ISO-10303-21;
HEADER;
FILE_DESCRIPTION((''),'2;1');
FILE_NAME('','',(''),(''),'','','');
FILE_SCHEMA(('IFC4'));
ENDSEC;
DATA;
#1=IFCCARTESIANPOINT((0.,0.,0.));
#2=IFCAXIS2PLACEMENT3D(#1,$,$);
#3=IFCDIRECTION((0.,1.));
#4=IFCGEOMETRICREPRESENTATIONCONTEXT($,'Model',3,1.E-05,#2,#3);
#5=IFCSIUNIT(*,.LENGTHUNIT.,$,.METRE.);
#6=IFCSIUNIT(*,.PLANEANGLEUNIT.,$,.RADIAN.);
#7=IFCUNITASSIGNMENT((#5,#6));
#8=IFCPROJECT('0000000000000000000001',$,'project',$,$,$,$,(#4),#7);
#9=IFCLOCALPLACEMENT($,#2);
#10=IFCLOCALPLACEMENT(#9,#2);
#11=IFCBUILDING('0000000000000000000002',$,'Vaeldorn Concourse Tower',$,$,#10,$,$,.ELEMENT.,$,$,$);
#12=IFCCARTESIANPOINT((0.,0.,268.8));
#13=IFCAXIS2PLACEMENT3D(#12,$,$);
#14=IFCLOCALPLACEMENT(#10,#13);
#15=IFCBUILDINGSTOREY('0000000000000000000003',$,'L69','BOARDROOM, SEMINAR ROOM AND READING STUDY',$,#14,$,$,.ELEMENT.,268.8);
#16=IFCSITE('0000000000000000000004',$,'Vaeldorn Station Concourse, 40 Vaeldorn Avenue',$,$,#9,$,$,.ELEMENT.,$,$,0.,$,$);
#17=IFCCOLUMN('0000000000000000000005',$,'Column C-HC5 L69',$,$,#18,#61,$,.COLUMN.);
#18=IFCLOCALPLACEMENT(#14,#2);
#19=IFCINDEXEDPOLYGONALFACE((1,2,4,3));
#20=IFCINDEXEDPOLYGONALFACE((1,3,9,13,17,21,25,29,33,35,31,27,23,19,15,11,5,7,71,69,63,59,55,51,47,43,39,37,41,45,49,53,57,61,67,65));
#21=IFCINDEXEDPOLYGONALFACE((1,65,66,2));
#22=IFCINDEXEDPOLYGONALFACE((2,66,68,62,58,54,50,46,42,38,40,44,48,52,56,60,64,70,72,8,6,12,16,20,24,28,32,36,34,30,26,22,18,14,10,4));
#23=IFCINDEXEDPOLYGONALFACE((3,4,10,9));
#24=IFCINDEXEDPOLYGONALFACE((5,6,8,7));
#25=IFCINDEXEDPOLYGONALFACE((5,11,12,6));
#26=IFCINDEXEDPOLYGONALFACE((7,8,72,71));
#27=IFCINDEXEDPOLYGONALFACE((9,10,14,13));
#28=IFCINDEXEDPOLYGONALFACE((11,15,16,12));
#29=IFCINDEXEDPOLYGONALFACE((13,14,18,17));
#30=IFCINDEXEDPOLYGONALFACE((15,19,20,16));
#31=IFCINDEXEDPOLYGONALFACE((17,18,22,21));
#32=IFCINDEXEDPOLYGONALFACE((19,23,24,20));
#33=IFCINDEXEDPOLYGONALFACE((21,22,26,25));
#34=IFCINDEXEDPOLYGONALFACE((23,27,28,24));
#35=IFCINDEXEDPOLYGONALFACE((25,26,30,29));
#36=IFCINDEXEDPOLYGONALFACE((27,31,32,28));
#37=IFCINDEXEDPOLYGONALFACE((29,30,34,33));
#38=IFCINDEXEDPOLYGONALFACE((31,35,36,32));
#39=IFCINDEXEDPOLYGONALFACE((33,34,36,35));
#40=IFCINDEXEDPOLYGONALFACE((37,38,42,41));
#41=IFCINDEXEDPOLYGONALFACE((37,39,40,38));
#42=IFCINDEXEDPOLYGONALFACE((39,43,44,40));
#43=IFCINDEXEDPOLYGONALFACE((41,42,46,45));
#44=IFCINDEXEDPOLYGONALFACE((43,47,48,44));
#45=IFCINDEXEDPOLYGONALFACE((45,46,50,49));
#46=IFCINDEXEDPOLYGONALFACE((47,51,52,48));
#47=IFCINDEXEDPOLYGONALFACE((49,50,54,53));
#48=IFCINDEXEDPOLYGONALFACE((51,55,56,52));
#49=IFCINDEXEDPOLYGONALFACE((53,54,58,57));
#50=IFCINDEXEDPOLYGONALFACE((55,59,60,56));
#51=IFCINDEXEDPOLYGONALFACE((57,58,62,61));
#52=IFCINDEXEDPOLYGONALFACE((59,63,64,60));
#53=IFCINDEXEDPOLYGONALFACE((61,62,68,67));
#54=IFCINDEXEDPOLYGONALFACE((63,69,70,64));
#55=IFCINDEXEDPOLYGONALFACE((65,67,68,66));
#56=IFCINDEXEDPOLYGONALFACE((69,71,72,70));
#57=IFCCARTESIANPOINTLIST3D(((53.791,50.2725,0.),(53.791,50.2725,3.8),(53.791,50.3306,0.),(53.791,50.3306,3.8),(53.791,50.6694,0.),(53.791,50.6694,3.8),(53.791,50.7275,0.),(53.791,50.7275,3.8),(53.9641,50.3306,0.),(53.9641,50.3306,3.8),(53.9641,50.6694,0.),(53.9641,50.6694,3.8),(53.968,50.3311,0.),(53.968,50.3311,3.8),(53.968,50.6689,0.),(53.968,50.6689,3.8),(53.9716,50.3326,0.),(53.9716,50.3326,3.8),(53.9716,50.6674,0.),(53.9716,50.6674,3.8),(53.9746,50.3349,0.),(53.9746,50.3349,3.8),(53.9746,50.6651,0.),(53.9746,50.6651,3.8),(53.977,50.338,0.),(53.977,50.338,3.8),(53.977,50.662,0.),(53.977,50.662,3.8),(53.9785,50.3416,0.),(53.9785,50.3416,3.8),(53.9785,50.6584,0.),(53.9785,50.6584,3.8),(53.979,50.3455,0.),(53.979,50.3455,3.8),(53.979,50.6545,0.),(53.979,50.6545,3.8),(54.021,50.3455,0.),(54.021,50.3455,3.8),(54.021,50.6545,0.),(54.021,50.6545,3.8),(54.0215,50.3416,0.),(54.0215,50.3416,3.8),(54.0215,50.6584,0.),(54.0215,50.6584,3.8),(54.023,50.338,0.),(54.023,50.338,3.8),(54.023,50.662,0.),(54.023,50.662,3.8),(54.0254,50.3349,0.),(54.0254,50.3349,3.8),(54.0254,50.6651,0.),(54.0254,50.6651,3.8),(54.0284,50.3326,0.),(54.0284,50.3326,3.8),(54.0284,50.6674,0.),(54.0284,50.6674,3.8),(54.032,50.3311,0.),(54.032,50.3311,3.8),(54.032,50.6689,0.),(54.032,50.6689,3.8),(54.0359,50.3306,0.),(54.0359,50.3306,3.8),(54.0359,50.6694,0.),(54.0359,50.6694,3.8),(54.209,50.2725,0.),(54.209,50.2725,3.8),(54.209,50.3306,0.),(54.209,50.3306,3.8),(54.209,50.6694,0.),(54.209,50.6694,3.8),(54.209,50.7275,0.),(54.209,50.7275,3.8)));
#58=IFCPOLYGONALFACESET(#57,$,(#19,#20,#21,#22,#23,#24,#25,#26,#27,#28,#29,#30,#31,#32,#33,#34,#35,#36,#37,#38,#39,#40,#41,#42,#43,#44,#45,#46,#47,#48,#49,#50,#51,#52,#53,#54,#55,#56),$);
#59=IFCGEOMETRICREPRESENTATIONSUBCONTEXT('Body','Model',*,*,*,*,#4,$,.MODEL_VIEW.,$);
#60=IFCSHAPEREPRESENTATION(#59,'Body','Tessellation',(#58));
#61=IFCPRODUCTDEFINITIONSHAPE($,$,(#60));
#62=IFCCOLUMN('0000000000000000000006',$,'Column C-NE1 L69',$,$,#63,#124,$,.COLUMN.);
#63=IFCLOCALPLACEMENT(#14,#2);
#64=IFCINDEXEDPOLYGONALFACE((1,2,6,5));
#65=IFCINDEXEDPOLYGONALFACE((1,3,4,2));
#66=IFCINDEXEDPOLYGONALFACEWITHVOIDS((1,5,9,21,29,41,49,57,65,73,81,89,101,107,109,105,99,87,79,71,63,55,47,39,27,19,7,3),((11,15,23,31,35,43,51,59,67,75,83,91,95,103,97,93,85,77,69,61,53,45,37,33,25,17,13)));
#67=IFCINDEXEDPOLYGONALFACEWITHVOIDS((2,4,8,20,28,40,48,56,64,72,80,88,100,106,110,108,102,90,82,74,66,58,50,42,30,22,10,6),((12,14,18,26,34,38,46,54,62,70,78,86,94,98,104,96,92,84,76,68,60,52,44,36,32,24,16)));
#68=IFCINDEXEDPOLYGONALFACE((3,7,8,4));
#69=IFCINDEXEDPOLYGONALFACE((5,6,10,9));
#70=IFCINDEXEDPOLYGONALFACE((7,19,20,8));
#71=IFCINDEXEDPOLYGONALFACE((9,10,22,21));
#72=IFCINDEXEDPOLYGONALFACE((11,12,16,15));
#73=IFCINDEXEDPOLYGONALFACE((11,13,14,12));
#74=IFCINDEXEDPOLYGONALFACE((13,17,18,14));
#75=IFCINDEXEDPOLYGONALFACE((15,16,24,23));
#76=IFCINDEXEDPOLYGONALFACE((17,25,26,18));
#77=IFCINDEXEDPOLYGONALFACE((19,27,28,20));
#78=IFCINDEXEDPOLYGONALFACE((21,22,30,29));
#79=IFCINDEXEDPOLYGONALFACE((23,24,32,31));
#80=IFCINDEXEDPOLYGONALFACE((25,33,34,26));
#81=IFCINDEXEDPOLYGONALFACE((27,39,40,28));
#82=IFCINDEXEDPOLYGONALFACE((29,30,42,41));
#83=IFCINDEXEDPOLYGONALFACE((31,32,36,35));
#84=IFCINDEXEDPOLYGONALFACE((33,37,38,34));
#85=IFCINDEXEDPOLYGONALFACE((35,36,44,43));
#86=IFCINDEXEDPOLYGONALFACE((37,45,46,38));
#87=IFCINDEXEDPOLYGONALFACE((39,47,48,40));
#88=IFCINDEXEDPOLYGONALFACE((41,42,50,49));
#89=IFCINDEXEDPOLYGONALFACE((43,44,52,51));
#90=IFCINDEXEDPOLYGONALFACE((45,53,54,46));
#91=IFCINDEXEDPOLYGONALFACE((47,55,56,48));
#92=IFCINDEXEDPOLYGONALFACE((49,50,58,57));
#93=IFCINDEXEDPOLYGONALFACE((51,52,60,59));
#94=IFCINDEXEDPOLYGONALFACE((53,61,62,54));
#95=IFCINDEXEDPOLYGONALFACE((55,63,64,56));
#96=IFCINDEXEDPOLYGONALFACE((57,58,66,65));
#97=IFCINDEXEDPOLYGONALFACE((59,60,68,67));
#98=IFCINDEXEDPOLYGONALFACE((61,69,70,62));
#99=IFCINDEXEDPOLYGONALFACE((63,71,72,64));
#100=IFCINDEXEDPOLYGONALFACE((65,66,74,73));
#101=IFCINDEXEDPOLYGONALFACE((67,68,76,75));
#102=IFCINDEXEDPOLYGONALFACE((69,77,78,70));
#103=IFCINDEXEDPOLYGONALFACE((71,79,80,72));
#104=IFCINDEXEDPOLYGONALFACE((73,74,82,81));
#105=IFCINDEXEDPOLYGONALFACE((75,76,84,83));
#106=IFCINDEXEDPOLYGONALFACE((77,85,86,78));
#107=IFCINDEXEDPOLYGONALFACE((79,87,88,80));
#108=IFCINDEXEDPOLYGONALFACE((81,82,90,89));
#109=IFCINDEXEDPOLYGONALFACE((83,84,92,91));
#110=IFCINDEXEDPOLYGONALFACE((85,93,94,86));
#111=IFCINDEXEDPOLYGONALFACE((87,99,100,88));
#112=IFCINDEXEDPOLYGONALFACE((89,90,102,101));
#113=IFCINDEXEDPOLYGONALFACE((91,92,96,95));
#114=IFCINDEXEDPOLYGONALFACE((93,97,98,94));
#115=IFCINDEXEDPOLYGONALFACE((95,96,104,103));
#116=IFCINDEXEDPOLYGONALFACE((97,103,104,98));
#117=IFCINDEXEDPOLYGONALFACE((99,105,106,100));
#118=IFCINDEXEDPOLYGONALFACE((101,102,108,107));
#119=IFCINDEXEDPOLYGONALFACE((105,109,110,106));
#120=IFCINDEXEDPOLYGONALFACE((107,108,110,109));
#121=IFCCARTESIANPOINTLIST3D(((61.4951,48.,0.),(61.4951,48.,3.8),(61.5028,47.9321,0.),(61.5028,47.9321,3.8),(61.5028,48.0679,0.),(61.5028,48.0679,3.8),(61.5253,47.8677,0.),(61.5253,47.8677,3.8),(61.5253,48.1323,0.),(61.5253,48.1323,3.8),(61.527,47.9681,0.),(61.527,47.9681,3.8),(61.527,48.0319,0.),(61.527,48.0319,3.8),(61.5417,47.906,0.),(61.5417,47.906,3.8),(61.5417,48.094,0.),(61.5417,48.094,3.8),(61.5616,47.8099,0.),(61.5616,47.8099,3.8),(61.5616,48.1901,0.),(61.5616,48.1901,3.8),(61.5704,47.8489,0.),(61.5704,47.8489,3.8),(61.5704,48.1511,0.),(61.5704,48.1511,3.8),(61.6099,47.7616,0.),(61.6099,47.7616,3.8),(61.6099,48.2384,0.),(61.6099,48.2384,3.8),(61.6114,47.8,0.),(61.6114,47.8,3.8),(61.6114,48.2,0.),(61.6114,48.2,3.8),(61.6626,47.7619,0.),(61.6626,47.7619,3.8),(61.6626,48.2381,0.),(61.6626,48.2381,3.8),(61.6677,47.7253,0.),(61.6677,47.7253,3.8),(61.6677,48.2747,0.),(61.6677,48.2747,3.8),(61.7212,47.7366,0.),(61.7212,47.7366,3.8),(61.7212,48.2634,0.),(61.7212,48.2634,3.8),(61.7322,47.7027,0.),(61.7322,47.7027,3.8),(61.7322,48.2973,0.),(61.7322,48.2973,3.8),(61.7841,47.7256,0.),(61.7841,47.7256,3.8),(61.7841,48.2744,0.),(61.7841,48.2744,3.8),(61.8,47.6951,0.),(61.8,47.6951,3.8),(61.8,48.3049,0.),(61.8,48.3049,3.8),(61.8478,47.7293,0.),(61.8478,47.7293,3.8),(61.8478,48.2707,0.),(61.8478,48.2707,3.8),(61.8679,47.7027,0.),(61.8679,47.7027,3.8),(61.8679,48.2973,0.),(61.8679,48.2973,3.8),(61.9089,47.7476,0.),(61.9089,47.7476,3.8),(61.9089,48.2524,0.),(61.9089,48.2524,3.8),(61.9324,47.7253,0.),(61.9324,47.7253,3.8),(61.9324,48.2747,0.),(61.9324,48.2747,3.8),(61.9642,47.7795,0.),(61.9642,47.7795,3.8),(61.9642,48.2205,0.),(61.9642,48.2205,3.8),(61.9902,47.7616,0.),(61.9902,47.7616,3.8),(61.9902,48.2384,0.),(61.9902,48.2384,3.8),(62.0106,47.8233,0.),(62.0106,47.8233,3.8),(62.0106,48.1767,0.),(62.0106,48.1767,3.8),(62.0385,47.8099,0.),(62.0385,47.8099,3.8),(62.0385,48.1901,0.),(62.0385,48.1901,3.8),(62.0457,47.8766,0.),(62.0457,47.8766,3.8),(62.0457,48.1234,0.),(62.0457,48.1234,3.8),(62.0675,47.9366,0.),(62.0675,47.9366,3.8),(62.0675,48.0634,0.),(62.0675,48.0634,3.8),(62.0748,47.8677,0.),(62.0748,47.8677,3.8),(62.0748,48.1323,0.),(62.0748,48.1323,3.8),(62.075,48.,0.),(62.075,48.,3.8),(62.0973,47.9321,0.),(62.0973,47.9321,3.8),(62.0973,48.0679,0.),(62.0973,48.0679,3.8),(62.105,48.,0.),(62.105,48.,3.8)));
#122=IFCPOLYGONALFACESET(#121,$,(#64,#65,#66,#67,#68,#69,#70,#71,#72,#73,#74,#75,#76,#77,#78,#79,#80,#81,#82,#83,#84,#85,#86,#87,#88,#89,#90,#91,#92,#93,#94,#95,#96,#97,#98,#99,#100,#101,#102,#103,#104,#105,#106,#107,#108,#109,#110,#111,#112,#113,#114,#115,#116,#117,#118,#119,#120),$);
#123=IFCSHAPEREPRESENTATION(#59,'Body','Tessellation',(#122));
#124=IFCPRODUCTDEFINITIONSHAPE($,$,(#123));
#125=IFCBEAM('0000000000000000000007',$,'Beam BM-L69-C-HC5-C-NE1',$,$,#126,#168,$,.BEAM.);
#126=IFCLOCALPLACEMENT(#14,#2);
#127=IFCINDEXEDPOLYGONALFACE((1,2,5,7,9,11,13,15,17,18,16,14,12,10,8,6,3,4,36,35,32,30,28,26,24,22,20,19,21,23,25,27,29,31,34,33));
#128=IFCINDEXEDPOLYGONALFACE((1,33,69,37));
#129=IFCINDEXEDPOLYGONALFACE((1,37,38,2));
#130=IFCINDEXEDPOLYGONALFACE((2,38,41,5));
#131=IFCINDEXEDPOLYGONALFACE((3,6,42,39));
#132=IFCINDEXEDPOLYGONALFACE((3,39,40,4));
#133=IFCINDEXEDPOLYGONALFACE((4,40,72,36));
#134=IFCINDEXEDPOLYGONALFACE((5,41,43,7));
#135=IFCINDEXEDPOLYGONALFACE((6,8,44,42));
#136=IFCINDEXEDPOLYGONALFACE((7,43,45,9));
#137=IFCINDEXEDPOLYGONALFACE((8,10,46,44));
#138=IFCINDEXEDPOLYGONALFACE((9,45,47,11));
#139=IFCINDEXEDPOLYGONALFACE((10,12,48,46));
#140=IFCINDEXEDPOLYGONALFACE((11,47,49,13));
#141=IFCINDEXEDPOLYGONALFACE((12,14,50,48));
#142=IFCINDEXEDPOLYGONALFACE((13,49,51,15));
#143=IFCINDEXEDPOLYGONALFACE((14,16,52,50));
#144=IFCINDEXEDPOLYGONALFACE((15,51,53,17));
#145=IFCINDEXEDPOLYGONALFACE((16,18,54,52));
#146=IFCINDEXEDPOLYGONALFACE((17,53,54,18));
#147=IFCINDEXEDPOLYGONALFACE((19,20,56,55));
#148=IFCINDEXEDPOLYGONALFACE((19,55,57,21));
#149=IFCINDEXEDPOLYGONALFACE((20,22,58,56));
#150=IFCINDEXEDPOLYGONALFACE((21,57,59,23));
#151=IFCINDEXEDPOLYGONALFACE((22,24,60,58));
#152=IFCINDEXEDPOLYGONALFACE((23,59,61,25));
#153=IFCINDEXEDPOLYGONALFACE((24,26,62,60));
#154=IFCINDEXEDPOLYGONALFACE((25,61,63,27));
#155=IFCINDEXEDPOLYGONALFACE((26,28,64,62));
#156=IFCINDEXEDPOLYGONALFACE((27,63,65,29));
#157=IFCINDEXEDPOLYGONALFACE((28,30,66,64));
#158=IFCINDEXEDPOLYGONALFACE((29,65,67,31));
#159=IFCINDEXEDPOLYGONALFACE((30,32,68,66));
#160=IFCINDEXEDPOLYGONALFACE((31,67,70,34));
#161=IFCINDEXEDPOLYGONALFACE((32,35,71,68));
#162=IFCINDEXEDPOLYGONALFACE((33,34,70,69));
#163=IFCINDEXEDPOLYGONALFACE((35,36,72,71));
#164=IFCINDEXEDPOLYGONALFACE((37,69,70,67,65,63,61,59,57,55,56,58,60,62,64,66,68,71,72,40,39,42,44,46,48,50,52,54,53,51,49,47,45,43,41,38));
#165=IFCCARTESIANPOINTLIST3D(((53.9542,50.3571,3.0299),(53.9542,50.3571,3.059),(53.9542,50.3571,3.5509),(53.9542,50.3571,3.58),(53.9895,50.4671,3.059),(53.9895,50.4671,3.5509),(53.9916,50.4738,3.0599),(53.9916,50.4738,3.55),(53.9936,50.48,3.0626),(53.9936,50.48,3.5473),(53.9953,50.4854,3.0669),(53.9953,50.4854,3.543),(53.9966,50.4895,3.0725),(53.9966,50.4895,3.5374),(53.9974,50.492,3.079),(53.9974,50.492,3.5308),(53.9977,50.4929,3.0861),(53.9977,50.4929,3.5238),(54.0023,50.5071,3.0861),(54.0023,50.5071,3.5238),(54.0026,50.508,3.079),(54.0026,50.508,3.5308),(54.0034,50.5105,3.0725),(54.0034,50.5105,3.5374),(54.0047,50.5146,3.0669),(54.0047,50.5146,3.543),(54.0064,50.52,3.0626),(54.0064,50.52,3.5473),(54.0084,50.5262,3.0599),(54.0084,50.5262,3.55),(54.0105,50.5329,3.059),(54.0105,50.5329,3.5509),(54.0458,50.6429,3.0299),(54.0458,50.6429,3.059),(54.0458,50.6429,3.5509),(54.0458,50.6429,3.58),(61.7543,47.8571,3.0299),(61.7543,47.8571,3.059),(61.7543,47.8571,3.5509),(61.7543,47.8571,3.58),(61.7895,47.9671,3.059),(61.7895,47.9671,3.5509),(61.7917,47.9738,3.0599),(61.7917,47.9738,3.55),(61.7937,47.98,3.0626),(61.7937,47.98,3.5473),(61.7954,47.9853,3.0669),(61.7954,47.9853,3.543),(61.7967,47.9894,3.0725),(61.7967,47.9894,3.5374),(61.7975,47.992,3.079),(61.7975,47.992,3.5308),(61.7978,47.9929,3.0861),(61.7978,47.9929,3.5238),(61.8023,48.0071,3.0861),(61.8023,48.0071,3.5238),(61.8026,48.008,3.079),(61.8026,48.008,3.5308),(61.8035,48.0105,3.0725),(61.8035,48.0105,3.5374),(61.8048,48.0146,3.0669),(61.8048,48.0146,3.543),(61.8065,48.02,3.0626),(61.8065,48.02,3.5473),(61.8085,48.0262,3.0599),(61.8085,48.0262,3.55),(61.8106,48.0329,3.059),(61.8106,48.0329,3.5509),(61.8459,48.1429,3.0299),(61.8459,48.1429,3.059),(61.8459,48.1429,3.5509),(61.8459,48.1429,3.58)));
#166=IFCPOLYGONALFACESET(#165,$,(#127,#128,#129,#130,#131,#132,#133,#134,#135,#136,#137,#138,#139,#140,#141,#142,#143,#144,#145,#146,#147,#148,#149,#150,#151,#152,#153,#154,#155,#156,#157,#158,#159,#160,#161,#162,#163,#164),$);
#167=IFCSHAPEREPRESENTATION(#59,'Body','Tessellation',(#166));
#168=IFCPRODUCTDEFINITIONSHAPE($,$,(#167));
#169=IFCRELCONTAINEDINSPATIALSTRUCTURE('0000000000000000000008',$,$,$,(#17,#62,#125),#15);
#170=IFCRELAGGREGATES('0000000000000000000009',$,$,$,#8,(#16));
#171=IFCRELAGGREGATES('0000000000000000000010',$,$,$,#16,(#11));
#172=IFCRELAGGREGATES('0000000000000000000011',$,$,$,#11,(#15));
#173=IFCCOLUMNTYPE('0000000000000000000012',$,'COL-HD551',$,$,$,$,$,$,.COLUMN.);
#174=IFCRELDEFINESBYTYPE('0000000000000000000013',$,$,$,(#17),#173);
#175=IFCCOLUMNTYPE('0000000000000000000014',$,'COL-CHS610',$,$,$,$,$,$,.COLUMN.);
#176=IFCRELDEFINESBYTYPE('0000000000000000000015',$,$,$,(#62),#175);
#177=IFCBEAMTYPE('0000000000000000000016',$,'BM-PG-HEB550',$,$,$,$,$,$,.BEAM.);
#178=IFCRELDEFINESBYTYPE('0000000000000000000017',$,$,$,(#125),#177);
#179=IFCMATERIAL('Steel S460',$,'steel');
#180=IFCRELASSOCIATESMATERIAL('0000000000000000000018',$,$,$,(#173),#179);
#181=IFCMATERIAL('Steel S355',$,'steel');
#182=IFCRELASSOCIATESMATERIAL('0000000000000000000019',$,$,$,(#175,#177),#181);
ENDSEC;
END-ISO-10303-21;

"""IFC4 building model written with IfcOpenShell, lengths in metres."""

from ifc_helpers import new_model, si_unit, direction, frame, origin, origin_2d, place, context, subcontext, project, spatial, hollow_circle, i_section, extrude, source, transform, mapped, material, material_profile, profile_set, type_object, element, save


model = new_model("IFC4")

# Units and contexts
model_context = context("Model", 3, precision=1e-05, world=origin(), true_north=direction((0.0, 1.0)))
body_context = subcontext(model_context, "Body", "Model", "MODEL_VIEW")
ifc_project = project(units=[si_unit("LENGTHUNIT", "METRE"), si_unit("PLANEANGLEUNIT", "RADIAN")], contexts=[model_context])

# Site, building, storey
site_placement = place(None, origin())
site = spatial("IfcSite", under=ifc_project, at=site_placement, Name="Vaeldorn Station Concourse, 40 Vaeldorn Avenue", CompositionType="ELEMENT", RefElevation=0.0)
building_placement = place(site_placement, origin())
building = spatial("IfcBuilding", under=site, at=building_placement, Name="Vaeldorn Concourse Tower", CompositionType="ELEMENT")
storey_placement = place(building_placement, frame((0.0, 0.0, 268.8)))
storey = spatial("IfcBuildingStorey", under=building, at=storey_placement, Name="L69", Description="BOARDROOM, SEMINAR ROOM AND READING STUDY", CompositionType="ELEMENT", Elevation=268.8)

# Columns
ifc_material_1 = material(Name="Steel S460", Category="steel")
ifc_material_profile_1 = material_profile(ifc_material_1, i_section(OverallWidth=0.418, OverallDepth=0.4551, WebThickness=0.042, FlangeThickness=0.0581, FilletRadius=0.0149, at=origin_2d()), Name="HD 400x551")
ifc_profile_set_1 = profile_set([ifc_material_profile_1], Name="Steel S460")
column_type_1 = type_object("IfcColumnType", Name="COL-HD551", PredefinedType="COLUMN", material=ifc_profile_set_1)
shared_shape_1 = source(origin(), body_context, "Body", "SweptSolid", [
    extrude(i_section(OverallWidth=0.418, OverallDepth=0.4551, WebThickness=0.042, FlangeThickness=0.0581, FilletRadius=0.0149, at=origin_2d()), origin(), (0.0, 0.0, 1.0), 3.8),
])
column_1_placement = place(storey_placement, frame((54.0, 50.5, 0.0), z_axis=(0.0, 0.0, 1.0), x_axis=(1.0, 0.0, 0.0)))
element("IfcColumn", 1, at=column_1_placement, inside=storey, type_object=column_type_1, Name="Column C-HC5 L69", PredefinedType="COLUMN", context=body_context, shape_type="MappedRepresentation", body=[
    mapped(shared_shape_1, transform((0.0, 0.0, 0.0), scale=1.0)),
])
ifc_material_2 = material(Name="Steel S355", Category="steel")
ifc_material_profile_2 = material_profile(ifc_material_2, hollow_circle(Radius=0.3049, WallThickness=0.03, at=origin_2d()), Name="CHS 610x30")
ifc_profile_set_2 = profile_set([ifc_material_profile_2], Name="Steel S355")
column_type_2 = type_object("IfcColumnType", Name="COL-CHS610", PredefinedType="COLUMN", material=ifc_profile_set_2)
shared_shape_2 = source(origin(), body_context, "Body", "SweptSolid", [
    extrude(hollow_circle(Radius=0.3049, WallThickness=0.03, at=origin_2d()), origin(), (0.0, 0.0, 1.0), 3.8),
])
column_2_placement = place(storey_placement, frame((61.8, 48.0, 0.0), z_axis=(0.0, 0.0, 1.0), x_axis=(1.0, 0.0, 0.0)))
element("IfcColumn", 2, at=column_2_placement, inside=storey, type_object=column_type_2, Name="Column C-NE1 L69", PredefinedType="COLUMN", context=body_context, shape_type="MappedRepresentation", body=[
    mapped(shared_shape_2, transform((0.0, 0.0, 0.0), scale=1.0)),
])

# Beam
ifc_material_profile_3 = material_profile(ifc_material_2, i_section(OverallWidth=0.3, OverallDepth=0.55, WebThickness=0.0149, FlangeThickness=0.0291, FilletRadius=0.0271, at=origin_2d()), Name="HEB 550")
ifc_profile_set_3 = profile_set([ifc_material_profile_3], Name="Steel S355")
beam_type_1 = type_object("IfcBeamType", Name="BM-PG-HEB550", PredefinedType="BEAM", material=ifc_profile_set_3)
shared_shape_3 = source(origin(), body_context, "Body", "SweptSolid", [
    extrude(i_section(OverallWidth=0.3, OverallDepth=0.55, WebThickness=0.0149, FlangeThickness=0.0291, FilletRadius=0.0271, at=origin_2d()), origin(), (0.0, 0.0, 1.0), 8.1909),
])
beam_1_placement = place(storey_placement, frame((54.0, 50.5, 3.3049), z_axis=(0.952283, -0.305217, 0.0), x_axis=(0.305217, 0.952283, 0.0)))
element("IfcBeam", 3, at=beam_1_placement, inside=storey, type_object=beam_type_1, Name="Beam BM-L69-C-HC5-C-NE1", PredefinedType="BEAM", context=body_context, shape_type="MappedRepresentation", body=[
    mapped(shared_shape_3, transform((0.0, 0.0, 0.0), scale=1.0)),
])

save(model, "model.ifc")
